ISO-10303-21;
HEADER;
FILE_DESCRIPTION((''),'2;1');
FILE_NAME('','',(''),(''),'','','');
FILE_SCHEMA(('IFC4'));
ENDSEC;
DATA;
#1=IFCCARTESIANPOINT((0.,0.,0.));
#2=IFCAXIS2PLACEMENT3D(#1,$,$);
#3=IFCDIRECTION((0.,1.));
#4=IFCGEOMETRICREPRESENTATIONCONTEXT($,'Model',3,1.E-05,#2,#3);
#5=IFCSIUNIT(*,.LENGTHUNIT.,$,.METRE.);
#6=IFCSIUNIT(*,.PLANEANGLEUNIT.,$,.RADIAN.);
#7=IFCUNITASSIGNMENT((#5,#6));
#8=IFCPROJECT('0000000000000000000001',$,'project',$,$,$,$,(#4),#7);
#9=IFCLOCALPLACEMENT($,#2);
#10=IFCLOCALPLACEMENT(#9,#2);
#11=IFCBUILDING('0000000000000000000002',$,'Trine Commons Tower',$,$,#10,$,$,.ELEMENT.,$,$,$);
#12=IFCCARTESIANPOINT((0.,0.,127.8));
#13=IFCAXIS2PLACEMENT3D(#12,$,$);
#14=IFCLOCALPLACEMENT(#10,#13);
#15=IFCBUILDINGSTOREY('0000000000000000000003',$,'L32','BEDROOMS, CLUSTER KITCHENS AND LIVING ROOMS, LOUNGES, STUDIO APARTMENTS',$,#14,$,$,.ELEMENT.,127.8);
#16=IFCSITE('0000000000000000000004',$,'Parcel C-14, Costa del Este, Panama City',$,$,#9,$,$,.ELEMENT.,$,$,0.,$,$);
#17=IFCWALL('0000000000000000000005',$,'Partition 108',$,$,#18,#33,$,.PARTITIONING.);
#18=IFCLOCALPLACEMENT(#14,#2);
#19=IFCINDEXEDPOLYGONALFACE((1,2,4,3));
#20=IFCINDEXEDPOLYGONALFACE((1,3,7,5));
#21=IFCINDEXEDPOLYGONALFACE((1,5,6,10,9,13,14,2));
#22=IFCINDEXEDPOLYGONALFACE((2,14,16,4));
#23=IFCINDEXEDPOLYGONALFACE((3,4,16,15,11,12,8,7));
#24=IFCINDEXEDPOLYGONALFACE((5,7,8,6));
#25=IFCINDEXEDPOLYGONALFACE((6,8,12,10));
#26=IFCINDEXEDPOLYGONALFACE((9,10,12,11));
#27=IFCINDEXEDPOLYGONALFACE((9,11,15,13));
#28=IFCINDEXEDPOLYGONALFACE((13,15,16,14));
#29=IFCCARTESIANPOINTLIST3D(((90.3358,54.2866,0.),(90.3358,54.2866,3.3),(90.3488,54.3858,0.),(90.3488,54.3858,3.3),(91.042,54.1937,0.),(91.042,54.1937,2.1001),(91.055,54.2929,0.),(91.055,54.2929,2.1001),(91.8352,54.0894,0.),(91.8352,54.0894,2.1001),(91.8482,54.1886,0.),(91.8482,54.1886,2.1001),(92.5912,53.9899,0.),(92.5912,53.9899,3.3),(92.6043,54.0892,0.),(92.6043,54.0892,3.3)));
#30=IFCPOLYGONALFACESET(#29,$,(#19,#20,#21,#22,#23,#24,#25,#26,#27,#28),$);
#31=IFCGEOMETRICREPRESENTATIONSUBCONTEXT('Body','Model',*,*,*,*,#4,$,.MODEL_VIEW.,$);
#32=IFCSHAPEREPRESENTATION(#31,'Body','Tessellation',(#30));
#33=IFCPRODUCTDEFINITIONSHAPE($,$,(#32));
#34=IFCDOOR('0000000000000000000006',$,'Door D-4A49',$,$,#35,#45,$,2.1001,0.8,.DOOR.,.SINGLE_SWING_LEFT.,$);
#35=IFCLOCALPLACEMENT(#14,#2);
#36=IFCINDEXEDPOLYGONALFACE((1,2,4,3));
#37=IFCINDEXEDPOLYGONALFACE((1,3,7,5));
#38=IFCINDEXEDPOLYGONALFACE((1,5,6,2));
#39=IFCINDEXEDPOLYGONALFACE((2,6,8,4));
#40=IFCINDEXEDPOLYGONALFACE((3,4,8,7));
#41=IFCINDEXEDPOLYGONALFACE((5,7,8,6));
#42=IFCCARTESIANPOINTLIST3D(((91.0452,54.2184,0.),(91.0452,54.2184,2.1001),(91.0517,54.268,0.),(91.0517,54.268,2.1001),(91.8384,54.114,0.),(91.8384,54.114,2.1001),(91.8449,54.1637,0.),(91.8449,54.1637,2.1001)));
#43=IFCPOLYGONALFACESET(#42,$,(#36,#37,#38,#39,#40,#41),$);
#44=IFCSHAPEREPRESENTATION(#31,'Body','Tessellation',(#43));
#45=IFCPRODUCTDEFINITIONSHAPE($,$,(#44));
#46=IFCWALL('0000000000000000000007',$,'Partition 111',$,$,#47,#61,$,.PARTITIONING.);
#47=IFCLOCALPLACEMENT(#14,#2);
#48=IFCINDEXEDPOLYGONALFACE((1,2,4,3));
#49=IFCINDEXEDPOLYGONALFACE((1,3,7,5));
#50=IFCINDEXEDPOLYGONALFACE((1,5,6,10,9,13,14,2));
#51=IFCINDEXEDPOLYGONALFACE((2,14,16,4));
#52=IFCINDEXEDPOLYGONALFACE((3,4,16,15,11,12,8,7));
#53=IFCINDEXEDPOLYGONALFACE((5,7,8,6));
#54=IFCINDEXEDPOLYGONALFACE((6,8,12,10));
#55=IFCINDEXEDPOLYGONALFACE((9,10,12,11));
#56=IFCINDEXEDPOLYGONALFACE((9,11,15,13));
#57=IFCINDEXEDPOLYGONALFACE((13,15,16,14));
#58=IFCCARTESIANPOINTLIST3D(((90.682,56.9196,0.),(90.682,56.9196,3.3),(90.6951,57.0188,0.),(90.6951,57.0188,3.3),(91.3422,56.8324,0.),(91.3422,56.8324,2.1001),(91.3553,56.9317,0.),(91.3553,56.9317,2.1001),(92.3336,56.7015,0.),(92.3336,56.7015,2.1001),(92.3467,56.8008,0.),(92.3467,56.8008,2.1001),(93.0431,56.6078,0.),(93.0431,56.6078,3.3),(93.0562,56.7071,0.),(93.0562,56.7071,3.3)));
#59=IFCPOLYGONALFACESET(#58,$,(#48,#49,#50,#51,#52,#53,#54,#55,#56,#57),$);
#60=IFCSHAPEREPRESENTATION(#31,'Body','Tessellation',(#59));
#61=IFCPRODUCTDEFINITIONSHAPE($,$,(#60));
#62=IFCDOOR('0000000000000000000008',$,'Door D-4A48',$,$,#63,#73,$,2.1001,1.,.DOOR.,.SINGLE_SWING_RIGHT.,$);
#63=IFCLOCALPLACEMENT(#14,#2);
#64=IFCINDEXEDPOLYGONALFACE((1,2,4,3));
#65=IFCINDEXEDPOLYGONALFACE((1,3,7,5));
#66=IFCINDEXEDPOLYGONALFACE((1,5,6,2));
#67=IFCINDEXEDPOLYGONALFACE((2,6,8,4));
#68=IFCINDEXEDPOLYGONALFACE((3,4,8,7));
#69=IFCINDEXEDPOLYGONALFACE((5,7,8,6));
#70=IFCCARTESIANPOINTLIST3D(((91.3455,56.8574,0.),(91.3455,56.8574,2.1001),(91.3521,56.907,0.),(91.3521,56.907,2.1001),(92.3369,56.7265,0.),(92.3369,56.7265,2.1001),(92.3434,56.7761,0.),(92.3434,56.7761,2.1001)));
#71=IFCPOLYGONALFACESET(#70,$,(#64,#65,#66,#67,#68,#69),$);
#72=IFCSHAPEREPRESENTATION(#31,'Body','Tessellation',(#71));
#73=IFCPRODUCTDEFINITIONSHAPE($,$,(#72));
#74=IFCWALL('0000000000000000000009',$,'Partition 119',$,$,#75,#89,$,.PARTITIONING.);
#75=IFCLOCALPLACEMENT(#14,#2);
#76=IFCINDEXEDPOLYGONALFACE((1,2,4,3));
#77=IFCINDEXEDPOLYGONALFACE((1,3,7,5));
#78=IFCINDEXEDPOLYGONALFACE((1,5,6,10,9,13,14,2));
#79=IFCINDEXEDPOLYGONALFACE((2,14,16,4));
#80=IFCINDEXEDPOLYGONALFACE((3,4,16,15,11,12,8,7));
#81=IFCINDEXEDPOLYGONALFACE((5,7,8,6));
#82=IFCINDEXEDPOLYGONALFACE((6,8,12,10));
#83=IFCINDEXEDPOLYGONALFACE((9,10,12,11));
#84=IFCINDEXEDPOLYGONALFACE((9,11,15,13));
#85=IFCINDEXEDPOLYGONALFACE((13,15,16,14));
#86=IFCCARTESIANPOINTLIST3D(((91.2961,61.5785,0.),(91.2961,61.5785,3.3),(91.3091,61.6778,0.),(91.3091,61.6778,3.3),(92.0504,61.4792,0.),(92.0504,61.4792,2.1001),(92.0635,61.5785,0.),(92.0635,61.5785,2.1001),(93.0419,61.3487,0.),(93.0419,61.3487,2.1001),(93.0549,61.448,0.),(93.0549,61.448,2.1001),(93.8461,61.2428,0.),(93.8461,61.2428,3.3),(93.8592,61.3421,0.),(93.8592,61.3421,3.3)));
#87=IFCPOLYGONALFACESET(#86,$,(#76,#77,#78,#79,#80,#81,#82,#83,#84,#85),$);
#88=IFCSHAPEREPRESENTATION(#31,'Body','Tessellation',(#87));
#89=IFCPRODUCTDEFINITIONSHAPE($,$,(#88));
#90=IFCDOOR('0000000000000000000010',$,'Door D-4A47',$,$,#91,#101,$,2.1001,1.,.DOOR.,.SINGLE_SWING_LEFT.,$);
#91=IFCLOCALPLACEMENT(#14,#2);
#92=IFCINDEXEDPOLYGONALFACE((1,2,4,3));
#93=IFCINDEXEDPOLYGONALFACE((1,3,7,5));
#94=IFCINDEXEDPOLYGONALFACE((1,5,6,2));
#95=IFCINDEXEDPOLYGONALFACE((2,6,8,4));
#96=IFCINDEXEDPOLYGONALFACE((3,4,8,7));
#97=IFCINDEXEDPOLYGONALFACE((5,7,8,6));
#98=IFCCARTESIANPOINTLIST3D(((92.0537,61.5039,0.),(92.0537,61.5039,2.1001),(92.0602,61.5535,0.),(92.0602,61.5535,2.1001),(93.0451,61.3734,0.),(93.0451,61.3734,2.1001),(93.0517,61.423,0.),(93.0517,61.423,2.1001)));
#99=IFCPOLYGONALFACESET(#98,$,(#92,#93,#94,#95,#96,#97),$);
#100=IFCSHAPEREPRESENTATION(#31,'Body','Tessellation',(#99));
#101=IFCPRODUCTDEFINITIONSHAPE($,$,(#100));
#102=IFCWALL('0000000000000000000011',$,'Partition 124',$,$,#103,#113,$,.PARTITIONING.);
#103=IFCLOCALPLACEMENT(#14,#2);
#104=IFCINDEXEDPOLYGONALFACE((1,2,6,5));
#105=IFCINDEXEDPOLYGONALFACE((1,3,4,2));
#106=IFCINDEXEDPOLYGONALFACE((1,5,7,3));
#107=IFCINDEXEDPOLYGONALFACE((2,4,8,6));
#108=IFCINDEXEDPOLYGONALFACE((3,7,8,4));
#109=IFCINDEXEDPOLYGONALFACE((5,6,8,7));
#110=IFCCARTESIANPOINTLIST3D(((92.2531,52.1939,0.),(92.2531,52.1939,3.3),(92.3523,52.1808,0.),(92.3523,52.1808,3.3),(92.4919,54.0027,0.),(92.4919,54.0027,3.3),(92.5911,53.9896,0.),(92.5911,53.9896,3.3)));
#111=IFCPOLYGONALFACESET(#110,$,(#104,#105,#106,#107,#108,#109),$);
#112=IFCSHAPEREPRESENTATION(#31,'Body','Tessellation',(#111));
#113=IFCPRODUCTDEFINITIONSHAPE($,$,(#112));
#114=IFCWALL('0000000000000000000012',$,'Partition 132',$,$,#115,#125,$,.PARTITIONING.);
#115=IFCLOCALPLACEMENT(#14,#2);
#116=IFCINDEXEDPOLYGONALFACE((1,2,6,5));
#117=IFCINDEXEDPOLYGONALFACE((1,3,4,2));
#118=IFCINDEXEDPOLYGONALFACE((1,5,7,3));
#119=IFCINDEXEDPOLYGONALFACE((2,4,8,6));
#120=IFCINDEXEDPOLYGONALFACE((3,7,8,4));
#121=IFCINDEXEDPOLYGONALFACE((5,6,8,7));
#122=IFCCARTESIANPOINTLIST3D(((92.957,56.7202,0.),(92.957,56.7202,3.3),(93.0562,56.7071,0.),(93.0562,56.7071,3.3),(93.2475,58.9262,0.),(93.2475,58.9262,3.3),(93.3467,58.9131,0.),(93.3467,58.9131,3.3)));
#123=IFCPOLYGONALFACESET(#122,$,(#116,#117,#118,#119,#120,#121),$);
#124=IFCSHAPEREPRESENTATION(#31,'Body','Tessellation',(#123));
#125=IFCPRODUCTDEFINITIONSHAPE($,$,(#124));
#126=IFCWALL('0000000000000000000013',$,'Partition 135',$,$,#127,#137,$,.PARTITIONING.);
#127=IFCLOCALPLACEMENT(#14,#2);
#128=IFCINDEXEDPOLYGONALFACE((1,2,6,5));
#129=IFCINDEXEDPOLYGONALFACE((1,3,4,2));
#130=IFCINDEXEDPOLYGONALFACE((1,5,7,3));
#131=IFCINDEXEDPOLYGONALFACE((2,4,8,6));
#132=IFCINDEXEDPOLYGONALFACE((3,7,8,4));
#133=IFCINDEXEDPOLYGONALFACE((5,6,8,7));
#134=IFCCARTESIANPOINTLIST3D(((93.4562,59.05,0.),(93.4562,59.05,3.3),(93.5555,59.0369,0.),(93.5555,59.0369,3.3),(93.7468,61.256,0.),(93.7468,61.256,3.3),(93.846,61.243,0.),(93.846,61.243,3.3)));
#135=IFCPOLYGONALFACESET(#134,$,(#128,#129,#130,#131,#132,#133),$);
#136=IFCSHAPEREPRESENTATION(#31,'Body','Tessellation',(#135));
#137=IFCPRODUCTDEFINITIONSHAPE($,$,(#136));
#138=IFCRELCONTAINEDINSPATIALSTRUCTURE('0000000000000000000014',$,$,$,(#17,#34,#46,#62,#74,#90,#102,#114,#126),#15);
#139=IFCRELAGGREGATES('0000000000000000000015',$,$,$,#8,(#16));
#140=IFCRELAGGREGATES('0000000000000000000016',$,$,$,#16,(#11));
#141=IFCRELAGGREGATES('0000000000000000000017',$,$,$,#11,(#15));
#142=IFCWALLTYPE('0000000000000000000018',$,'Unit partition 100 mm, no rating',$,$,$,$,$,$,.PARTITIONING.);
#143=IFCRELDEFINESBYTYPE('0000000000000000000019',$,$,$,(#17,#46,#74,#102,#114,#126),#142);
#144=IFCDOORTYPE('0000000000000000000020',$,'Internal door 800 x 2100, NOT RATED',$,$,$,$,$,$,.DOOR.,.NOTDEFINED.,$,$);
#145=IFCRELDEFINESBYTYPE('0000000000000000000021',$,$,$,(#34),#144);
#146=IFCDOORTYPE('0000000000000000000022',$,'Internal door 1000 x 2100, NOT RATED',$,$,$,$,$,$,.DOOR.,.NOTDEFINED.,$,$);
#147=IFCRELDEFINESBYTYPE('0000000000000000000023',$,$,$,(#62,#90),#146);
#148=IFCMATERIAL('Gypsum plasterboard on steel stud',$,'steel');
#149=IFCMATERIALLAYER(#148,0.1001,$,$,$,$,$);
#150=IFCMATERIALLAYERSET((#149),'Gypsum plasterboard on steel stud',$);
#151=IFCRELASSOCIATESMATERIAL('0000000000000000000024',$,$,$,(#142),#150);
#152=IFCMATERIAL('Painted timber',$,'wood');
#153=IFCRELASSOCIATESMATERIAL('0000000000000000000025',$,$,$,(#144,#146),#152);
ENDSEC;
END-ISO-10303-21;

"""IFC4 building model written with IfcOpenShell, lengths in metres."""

from ifc_helpers import new_model, si_unit, direction, frame, frame_2d, origin, place, context, subcontext, project, spatial, rectangle, extrude, material, layer, layer_set, type_object, element, fill, save


model = new_model("IFC4")

# Units and contexts
model_context = context("Model", 3, precision=1e-05, world=origin(), true_north=direction((0.0, 1.0)))
body_context = subcontext(model_context, "Body", "Model", "MODEL_VIEW")
ifc_project = project(units=[si_unit("LENGTHUNIT", "METRE"), si_unit("PLANEANGLEUNIT", "RADIAN")], contexts=[model_context])

# Site, building, storey
site_placement = place(None, origin())
site = spatial("IfcSite", under=ifc_project, at=site_placement, Name="Parcel C-14, Costa del Este, Panama City", CompositionType="ELEMENT", RefElevation=0.0)
building_placement = place(site_placement, origin())
building = spatial("IfcBuilding", under=site, at=building_placement, Name="Trine Commons Tower", CompositionType="ELEMENT")
storey_placement = place(building_placement, frame((0.0, 0.0, 127.8)))
storey = spatial("IfcBuildingStorey", under=building, at=storey_placement, Name="L32", Description="BEDROOMS, CLUSTER KITCHENS AND LIVING ROOMS, LOUNGES, STUDIO APARTMENTS", CompositionType="ELEMENT", Elevation=127.8)

# Shared definitions
ifc_material_1 = material(Name="Gypsum plasterboard on steel stud", Category="steel")

# Walls, openings, doors
ifc_layer_1 = layer(ifc_material_1, 0.1001)
ifc_layer_set_1 = layer_set([ifc_layer_1], Name="Gypsum plasterboard on steel stud")
wall_type_1 = type_object("IfcWallType", Name="Unit partition 100 mm, no rating", PredefinedType="PARTITIONING", material=ifc_layer_set_1)
ifc_material_2 = material(Name="Painted timber", Category="wood")
door_type_1 = type_object("IfcDoorType", Name="Internal door 800 x 2100, NOT RATED", OperationType="NOTDEFINED", PredefinedType="DOOR", material=ifc_material_2)
wall_1_placement = place(storey_placement, frame((90.3423, 54.3362, 0.0), z_axis=(0.0, 0.0, 1.0), x_axis=(0.991462, -0.130399, 0.0)))
wall_1 = element("IfcWall", 1, at=wall_1_placement, inside=storey, type_object=wall_type_1, Name="Partition 108", PredefinedType="PARTITIONING", context=body_context, shape_type="SweptSolid", body=[
    extrude(rectangle(XDim=2.2749, YDim=0.1001, at=frame_2d((1.1375, 0.0))), origin(), (0.0, 0.0, 1.0), 3.3),
])
opening_1_placement = place(wall_1_placement, frame((0.7124, 0.0, 0.0)))
opening_1 = element("IfcOpeningElement", 2, at=opening_1_placement, cuts=wall_1, PredefinedType="OPENING", context=body_context, shape_type="SweptSolid", body=[
    extrude(rectangle(XDim=0.8, YDim=2.1001, at=frame_2d((0.3999, 1.05))), frame((0.0, 0.0601, 0.0), z_axis=(0.0, -1.0, 0.0), x_axis=(1.0, 0.0, 0.0)), (0.0, 0.0, 1.0), 0.1201),
])
door_1_placement = place(opening_1_placement, origin())
door_1 = element("IfcDoor", 3, at=door_1_placement, inside=storey, type_object=door_type_1, Name="Door D-4A49", OperationType="SINGLE_SWING_LEFT", OverallHeight=2.1001, OverallWidth=0.8, PredefinedType="DOOR", context=body_context, shape_type="SweptSolid", body=[
    extrude(rectangle(XDim=0.8, YDim=2.1001, at=frame_2d((0.3999, 1.05))), frame((0.0, 0.0249, 0.0), z_axis=(0.0, -1.0, 0.0), x_axis=(1.0, 0.0, 0.0)), (0.0, 0.0, 1.0), 0.05),
])
fill(opening_1, door_1)
wall_2_placement = place(storey_placement, frame((90.6885, 56.9692, 0.0), z_axis=(0.0, 0.0, 1.0), x_axis=(0.991395, -0.130908, 0.0)))
wall_2 = element("IfcWall", 4, at=wall_2_placement, inside=storey, type_object=wall_type_1, Name="Partition 111", PredefinedType="PARTITIONING", context=body_context, shape_type="SweptSolid", body=[
    extrude(rectangle(XDim=2.3816, YDim=0.1001, at=frame_2d((1.1909, 0.0))), origin(), (0.0, 0.0, 1.0), 3.3),
])
opening_2_placement = place(wall_2_placement, frame((0.666, 0.0, 0.0)))
opening_2 = element("IfcOpeningElement", 5, at=opening_2_placement, cuts=wall_2, PredefinedType="OPENING", context=body_context, shape_type="SweptSolid", body=[
    extrude(rectangle(XDim=1.0, YDim=2.1001, at=frame_2d((0.5, 1.05))), frame((0.0, 0.0601, 0.0), z_axis=(0.0, -1.0, 0.0), x_axis=(1.0, 0.0, 0.0)), (0.0, 0.0, 1.0), 0.1201),
])
door_type_2 = type_object("IfcDoorType", Name="Internal door 1000 x 2100, NOT RATED", OperationType="NOTDEFINED", PredefinedType="DOOR", material=ifc_material_2)
door_2_placement = place(opening_2_placement, frame((1.0, 0.0, 0.0), z_axis=(0.0, 0.0, 1.0), x_axis=(-1.0, 0.0, 0.0)))
door_2 = element("IfcDoor", 6, at=door_2_placement, inside=storey, type_object=door_type_2, Name="Door D-4A48", OperationType="SINGLE_SWING_RIGHT", OverallHeight=2.1001, OverallWidth=1.0, PredefinedType="DOOR", context=body_context, shape_type="SweptSolid", body=[
    extrude(rectangle(XDim=1.0, YDim=2.1001, at=frame_2d((0.5, 1.05))), frame((0.0, 0.0249, 0.0), z_axis=(0.0, -1.0, 0.0), x_axis=(1.0, 0.0, 0.0)), (0.0, 0.0, 1.0), 0.05),
])
fill(opening_2, door_2)
wall_3_placement = place(storey_placement, frame((91.3025, 61.6282, 0.0), z_axis=(0.0, 0.0, 1.0), x_axis=(0.991446, -0.130516, 0.0)))
wall_3 = element("IfcWall", 7, at=wall_3_placement, inside=storey, type_object=wall_type_1, Name="Partition 119", PredefinedType="PARTITIONING", context=body_context, shape_type="SweptSolid", body=[
    extrude(rectangle(XDim=2.572, YDim=0.1001, at=frame_2d((1.2861, 0.0))), origin(), (0.0, 0.0, 1.0), 3.3),
])
opening_3_placement = place(wall_3_placement, frame((0.761, 0.0, 0.0)))
opening_3 = element("IfcOpeningElement", 8, at=opening_3_placement, cuts=wall_3, PredefinedType="OPENING", context=body_context, shape_type="SweptSolid", body=[
    extrude(rectangle(XDim=1.0, YDim=2.1001, at=frame_2d((0.5, 1.05))), frame((0.0, 0.0601, 0.0), z_axis=(0.0, -1.0, 0.0), x_axis=(1.0, 0.0, 0.0)), (0.0, 0.0, 1.0), 0.1201),
])
door_3_placement = place(opening_3_placement, origin())
door_3 = element("IfcDoor", 9, at=door_3_placement, inside=storey, type_object=door_type_2, Name="Door D-4A47", OperationType="SINGLE_SWING_LEFT", OverallHeight=2.1001, OverallWidth=1.0, PredefinedType="DOOR", context=body_context, shape_type="SweptSolid", body=[
    extrude(rectangle(XDim=1.0, YDim=2.1001, at=frame_2d((0.5, 1.05))), frame((0.0, 0.0249, 0.0), z_axis=(0.0, -1.0, 0.0), x_axis=(1.0, 0.0, 0.0)), (0.0, 0.0, 1.0), 0.05),
])
fill(opening_3, door_3)

# Walls
wall_4_placement = place(storey_placement, frame((92.3027, 52.1875, 0.0), z_axis=(0.0, 0.0, 1.0), x_axis=(0.130866, 0.9914, 0.0)))
element("IfcWall", 10, at=wall_4_placement, inside=storey, type_object=wall_type_1, Name="Partition 124", PredefinedType="PARTITIONING", context=body_context, shape_type="SweptSolid", body=[
    extrude(rectangle(XDim=1.8245, YDim=0.1001, at=frame_2d((0.9121, 0.0))), origin(), (0.0, 0.0, 1.0), 3.3),
])
for number, where, z_axis, x_axis, name in (
    (11, (93.0066, 56.7136, 0.0), (0.0, 0.0, 1.0), (0.130568, 0.991439, 0.0), "Partition 132"),
    (12, (93.5059, 59.0435, 0.0), (0.0, 0.0, 1.0), (0.130568, 0.991439, 0.0), "Partition 135"),
):
    element("IfcWall", number, at=place(storey_placement, frame(where, z_axis=z_axis, x_axis=x_axis)), inside=storey, type_object=wall_type_1, Name=name, PredefinedType="PARTITIONING", context=body_context, shape_type="SweptSolid", body=[
        extrude(rectangle(XDim=2.2251, YDim=0.1001, at=frame_2d((1.1125, 0.0))), origin(), (0.0, 0.0, 1.0), 3.3),
    ])

save(model, "model.ifc")
